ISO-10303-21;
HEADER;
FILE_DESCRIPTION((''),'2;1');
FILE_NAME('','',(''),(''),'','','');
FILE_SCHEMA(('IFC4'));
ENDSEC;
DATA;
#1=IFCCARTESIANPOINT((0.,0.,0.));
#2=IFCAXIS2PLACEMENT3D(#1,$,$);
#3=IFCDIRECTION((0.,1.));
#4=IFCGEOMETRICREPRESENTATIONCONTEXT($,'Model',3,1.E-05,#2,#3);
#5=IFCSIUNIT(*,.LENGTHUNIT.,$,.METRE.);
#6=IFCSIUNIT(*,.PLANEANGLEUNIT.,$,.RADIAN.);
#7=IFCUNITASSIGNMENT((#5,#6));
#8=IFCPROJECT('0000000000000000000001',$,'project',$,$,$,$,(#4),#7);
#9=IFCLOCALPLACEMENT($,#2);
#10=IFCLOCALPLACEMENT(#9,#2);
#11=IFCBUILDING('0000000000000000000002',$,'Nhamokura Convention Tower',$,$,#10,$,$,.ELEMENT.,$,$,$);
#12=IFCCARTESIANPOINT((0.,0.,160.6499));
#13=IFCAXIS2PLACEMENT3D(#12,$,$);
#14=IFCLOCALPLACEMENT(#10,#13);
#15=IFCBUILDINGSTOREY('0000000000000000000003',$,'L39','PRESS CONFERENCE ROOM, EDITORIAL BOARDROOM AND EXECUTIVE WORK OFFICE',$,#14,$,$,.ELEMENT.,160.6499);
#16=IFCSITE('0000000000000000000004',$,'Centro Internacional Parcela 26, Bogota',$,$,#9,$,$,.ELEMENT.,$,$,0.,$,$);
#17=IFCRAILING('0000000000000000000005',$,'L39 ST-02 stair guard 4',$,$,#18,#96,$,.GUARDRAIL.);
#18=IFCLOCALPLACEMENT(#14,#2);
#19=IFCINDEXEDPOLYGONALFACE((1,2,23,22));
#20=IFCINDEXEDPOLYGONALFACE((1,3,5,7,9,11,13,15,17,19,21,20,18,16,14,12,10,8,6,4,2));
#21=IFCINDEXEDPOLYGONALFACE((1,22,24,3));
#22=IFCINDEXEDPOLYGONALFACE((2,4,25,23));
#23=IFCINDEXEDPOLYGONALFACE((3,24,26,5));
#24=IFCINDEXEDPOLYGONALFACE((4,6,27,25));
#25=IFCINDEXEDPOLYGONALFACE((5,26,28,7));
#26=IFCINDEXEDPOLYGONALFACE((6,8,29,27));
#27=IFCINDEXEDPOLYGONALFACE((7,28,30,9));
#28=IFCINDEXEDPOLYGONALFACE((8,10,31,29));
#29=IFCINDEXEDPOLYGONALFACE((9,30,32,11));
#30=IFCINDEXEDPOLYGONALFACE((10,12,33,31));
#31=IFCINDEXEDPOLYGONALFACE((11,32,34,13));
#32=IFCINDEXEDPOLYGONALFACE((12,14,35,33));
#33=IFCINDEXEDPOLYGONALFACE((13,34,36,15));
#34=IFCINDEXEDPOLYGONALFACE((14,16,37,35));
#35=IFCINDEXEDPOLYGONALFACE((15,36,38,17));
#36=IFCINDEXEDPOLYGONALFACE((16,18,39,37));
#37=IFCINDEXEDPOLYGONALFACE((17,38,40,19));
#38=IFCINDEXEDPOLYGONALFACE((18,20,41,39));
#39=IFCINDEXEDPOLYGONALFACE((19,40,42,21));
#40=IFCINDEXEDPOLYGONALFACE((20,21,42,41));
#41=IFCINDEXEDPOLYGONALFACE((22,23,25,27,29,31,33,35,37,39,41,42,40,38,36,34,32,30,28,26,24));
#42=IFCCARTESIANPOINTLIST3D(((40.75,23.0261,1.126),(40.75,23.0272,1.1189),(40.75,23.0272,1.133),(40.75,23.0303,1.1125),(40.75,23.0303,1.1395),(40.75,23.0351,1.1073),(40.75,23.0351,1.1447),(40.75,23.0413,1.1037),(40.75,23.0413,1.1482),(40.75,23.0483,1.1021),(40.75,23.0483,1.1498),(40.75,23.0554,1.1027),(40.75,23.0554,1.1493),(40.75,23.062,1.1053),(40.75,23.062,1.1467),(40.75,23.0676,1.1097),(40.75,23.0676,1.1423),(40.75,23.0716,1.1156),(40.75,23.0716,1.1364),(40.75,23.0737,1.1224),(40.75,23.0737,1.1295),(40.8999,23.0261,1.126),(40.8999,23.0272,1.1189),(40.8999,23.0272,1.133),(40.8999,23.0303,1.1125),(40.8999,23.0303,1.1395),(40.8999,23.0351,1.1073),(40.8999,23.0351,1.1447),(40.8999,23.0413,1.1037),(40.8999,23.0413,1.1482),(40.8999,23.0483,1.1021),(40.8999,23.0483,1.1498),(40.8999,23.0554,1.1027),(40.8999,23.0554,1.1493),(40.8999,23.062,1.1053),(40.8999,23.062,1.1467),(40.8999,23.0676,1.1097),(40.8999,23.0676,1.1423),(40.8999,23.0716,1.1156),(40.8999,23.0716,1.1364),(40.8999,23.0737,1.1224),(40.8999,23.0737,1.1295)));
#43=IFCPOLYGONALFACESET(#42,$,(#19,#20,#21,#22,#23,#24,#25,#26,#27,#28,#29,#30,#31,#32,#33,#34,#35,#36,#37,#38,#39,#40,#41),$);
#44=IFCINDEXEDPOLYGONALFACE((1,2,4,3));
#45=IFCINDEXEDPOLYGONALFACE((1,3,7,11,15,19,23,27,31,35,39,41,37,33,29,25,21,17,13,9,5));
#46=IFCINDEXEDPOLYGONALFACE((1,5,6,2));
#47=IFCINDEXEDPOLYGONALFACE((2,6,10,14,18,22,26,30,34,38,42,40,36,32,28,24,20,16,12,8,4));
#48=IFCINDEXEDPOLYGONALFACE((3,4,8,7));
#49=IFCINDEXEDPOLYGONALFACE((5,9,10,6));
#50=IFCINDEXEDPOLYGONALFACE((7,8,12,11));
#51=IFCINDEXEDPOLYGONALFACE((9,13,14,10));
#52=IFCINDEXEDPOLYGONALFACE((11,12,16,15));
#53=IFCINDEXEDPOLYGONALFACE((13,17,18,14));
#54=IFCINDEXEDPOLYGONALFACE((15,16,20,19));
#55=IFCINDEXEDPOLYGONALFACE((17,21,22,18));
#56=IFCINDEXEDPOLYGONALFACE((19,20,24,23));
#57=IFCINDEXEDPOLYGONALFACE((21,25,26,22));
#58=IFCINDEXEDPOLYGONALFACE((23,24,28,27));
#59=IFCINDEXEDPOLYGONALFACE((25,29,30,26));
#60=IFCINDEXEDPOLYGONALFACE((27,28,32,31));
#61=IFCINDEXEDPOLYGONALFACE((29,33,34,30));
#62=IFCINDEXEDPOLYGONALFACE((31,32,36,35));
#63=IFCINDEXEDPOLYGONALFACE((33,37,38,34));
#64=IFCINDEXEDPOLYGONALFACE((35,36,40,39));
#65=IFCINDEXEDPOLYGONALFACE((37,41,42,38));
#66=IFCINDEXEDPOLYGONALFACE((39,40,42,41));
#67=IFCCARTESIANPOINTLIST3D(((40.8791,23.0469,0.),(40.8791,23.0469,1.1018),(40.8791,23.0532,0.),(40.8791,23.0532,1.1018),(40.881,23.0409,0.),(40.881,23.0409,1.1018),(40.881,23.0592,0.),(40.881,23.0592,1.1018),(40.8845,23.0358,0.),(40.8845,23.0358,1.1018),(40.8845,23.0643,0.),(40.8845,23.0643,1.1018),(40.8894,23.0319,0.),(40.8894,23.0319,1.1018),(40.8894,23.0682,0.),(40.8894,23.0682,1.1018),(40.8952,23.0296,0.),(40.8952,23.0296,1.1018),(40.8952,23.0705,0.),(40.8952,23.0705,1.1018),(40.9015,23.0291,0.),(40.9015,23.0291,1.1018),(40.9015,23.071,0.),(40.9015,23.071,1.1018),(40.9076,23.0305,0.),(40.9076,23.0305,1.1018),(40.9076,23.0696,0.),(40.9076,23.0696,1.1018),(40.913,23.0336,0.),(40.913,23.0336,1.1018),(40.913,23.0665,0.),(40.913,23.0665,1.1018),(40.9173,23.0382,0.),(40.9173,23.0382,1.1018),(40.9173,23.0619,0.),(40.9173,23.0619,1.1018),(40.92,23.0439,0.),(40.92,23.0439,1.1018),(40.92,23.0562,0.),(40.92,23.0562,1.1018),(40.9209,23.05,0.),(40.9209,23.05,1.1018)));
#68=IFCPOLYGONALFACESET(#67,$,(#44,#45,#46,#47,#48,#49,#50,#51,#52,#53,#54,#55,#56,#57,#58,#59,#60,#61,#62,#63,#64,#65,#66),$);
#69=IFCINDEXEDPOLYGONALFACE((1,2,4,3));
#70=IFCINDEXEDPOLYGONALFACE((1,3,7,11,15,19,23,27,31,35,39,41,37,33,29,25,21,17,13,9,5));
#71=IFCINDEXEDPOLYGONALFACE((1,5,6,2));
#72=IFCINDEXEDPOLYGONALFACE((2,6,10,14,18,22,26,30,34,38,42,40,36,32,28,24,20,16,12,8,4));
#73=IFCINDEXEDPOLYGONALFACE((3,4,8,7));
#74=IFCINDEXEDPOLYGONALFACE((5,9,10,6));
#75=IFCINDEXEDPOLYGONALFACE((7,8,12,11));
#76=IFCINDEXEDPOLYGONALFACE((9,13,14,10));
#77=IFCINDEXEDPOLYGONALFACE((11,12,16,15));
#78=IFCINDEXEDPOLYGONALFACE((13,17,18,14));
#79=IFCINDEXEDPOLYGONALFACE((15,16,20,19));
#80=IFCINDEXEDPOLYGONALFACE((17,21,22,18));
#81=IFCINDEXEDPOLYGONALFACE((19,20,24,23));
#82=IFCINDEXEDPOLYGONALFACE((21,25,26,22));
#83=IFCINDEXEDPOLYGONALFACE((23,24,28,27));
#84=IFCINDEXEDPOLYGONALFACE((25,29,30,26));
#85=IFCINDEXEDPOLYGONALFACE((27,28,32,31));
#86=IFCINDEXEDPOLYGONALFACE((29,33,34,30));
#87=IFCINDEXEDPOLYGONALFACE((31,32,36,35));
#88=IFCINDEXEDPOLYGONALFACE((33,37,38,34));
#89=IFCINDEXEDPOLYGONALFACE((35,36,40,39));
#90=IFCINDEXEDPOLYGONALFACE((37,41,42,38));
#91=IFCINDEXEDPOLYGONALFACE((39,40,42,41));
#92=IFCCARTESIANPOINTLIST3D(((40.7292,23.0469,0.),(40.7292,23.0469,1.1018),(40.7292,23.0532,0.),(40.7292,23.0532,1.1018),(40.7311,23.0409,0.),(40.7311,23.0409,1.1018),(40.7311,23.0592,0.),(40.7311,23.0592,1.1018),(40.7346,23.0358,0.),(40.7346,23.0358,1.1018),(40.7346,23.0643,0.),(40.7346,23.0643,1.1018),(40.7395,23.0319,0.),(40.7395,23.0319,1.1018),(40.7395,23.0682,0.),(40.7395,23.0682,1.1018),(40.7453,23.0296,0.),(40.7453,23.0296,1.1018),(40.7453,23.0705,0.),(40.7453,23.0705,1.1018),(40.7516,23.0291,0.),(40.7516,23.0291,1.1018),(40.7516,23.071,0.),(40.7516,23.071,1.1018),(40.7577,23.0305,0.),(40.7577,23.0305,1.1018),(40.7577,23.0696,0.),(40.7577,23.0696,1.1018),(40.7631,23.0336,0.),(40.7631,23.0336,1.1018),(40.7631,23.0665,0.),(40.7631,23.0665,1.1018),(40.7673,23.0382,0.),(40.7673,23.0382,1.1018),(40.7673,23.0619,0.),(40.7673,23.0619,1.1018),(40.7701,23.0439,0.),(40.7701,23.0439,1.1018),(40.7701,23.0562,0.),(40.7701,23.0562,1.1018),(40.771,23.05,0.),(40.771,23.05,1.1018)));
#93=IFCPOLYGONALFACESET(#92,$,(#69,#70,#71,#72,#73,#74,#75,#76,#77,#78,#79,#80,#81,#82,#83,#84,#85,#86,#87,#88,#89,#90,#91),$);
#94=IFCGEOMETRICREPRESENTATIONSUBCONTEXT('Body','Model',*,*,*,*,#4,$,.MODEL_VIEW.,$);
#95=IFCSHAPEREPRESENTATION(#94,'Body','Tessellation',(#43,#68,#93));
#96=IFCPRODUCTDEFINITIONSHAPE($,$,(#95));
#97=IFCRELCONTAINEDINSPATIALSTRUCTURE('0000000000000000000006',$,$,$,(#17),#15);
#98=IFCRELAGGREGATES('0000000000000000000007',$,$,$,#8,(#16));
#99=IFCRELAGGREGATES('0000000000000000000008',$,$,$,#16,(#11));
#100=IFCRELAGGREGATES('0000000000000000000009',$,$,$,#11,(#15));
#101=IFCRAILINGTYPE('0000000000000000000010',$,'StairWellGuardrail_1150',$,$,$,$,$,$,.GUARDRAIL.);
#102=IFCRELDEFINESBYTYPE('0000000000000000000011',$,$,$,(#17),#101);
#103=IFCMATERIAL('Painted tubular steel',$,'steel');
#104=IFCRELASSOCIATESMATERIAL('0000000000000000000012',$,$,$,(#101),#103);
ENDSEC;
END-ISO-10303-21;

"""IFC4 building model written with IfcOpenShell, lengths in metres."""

from ifc_helpers import new_model, si_unit, direction, frame, origin, origin_2d, place, context, subcontext, project, spatial, circle, extrude, material, type_object, element, save


model = new_model("IFC4")

# Units and contexts
model_context = context("Model", 3, precision=1e-05, world=origin(), true_north=direction((0.0, 1.0)))
body_context = subcontext(model_context, "Body", "Model", "MODEL_VIEW")
ifc_project = project(units=[si_unit("LENGTHUNIT", "METRE"), si_unit("PLANEANGLEUNIT", "RADIAN")], contexts=[model_context])

# Site, building, storey
site_placement = place(None, origin())
site = spatial("IfcSite", under=ifc_project, at=site_placement, Name="Centro Internacional Parcela 26, Bogota", CompositionType="ELEMENT", RefElevation=0.0)
building_placement = place(site_placement, origin())
building = spatial("IfcBuilding", under=site, at=building_placement, Name="Nhamokura Convention Tower", CompositionType="ELEMENT")
storey_placement = place(building_placement, frame((0.0, 0.0, 160.6499)))
storey = spatial("IfcBuildingStorey", under=building, at=storey_placement, Name="L39", Description="PRESS CONFERENCE ROOM, EDITORIAL BOARDROOM AND EXECUTIVE WORK OFFICE", CompositionType="ELEMENT", Elevation=160.6499)

# Railing
ifc_material_1 = material(Name="Painted tubular steel", Category="steel")
railing_type_1 = type_object("IfcRailingType", Name="StairWellGuardrail_1150", PredefinedType="GUARDRAIL", material=ifc_material_1)
railing_1_placement = place(storey_placement, frame((40.8999, 23.05, 0.0)))
element("IfcRailing", 1, at=railing_1_placement, inside=storey, type_object=railing_type_1, Name="L39 ST-02 stair guard 4", PredefinedType="GUARDRAIL", context=body_context, shape_type="SweptSolid", body=[
    extrude(circle(Radius=0.0239, at=origin_2d()), frame((0.0, 0.0, 1.126), z_axis=(-1.0, 0.0, 0.0), x_axis=(0.0, -1.0, 0.0)), (0.0, 0.0, 1.0), 0.1499),
    extrude(circle(Radius=0.021, at=origin_2d()), origin(), (0.0, 0.0, 1.0), 1.1018),
    extrude(circle(Radius=0.021, at=origin_2d()), frame((-0.1499, 0.0, 0.0)), (0.0, 0.0, 1.0), 1.1018),
])

save(model, "model.ifc")
